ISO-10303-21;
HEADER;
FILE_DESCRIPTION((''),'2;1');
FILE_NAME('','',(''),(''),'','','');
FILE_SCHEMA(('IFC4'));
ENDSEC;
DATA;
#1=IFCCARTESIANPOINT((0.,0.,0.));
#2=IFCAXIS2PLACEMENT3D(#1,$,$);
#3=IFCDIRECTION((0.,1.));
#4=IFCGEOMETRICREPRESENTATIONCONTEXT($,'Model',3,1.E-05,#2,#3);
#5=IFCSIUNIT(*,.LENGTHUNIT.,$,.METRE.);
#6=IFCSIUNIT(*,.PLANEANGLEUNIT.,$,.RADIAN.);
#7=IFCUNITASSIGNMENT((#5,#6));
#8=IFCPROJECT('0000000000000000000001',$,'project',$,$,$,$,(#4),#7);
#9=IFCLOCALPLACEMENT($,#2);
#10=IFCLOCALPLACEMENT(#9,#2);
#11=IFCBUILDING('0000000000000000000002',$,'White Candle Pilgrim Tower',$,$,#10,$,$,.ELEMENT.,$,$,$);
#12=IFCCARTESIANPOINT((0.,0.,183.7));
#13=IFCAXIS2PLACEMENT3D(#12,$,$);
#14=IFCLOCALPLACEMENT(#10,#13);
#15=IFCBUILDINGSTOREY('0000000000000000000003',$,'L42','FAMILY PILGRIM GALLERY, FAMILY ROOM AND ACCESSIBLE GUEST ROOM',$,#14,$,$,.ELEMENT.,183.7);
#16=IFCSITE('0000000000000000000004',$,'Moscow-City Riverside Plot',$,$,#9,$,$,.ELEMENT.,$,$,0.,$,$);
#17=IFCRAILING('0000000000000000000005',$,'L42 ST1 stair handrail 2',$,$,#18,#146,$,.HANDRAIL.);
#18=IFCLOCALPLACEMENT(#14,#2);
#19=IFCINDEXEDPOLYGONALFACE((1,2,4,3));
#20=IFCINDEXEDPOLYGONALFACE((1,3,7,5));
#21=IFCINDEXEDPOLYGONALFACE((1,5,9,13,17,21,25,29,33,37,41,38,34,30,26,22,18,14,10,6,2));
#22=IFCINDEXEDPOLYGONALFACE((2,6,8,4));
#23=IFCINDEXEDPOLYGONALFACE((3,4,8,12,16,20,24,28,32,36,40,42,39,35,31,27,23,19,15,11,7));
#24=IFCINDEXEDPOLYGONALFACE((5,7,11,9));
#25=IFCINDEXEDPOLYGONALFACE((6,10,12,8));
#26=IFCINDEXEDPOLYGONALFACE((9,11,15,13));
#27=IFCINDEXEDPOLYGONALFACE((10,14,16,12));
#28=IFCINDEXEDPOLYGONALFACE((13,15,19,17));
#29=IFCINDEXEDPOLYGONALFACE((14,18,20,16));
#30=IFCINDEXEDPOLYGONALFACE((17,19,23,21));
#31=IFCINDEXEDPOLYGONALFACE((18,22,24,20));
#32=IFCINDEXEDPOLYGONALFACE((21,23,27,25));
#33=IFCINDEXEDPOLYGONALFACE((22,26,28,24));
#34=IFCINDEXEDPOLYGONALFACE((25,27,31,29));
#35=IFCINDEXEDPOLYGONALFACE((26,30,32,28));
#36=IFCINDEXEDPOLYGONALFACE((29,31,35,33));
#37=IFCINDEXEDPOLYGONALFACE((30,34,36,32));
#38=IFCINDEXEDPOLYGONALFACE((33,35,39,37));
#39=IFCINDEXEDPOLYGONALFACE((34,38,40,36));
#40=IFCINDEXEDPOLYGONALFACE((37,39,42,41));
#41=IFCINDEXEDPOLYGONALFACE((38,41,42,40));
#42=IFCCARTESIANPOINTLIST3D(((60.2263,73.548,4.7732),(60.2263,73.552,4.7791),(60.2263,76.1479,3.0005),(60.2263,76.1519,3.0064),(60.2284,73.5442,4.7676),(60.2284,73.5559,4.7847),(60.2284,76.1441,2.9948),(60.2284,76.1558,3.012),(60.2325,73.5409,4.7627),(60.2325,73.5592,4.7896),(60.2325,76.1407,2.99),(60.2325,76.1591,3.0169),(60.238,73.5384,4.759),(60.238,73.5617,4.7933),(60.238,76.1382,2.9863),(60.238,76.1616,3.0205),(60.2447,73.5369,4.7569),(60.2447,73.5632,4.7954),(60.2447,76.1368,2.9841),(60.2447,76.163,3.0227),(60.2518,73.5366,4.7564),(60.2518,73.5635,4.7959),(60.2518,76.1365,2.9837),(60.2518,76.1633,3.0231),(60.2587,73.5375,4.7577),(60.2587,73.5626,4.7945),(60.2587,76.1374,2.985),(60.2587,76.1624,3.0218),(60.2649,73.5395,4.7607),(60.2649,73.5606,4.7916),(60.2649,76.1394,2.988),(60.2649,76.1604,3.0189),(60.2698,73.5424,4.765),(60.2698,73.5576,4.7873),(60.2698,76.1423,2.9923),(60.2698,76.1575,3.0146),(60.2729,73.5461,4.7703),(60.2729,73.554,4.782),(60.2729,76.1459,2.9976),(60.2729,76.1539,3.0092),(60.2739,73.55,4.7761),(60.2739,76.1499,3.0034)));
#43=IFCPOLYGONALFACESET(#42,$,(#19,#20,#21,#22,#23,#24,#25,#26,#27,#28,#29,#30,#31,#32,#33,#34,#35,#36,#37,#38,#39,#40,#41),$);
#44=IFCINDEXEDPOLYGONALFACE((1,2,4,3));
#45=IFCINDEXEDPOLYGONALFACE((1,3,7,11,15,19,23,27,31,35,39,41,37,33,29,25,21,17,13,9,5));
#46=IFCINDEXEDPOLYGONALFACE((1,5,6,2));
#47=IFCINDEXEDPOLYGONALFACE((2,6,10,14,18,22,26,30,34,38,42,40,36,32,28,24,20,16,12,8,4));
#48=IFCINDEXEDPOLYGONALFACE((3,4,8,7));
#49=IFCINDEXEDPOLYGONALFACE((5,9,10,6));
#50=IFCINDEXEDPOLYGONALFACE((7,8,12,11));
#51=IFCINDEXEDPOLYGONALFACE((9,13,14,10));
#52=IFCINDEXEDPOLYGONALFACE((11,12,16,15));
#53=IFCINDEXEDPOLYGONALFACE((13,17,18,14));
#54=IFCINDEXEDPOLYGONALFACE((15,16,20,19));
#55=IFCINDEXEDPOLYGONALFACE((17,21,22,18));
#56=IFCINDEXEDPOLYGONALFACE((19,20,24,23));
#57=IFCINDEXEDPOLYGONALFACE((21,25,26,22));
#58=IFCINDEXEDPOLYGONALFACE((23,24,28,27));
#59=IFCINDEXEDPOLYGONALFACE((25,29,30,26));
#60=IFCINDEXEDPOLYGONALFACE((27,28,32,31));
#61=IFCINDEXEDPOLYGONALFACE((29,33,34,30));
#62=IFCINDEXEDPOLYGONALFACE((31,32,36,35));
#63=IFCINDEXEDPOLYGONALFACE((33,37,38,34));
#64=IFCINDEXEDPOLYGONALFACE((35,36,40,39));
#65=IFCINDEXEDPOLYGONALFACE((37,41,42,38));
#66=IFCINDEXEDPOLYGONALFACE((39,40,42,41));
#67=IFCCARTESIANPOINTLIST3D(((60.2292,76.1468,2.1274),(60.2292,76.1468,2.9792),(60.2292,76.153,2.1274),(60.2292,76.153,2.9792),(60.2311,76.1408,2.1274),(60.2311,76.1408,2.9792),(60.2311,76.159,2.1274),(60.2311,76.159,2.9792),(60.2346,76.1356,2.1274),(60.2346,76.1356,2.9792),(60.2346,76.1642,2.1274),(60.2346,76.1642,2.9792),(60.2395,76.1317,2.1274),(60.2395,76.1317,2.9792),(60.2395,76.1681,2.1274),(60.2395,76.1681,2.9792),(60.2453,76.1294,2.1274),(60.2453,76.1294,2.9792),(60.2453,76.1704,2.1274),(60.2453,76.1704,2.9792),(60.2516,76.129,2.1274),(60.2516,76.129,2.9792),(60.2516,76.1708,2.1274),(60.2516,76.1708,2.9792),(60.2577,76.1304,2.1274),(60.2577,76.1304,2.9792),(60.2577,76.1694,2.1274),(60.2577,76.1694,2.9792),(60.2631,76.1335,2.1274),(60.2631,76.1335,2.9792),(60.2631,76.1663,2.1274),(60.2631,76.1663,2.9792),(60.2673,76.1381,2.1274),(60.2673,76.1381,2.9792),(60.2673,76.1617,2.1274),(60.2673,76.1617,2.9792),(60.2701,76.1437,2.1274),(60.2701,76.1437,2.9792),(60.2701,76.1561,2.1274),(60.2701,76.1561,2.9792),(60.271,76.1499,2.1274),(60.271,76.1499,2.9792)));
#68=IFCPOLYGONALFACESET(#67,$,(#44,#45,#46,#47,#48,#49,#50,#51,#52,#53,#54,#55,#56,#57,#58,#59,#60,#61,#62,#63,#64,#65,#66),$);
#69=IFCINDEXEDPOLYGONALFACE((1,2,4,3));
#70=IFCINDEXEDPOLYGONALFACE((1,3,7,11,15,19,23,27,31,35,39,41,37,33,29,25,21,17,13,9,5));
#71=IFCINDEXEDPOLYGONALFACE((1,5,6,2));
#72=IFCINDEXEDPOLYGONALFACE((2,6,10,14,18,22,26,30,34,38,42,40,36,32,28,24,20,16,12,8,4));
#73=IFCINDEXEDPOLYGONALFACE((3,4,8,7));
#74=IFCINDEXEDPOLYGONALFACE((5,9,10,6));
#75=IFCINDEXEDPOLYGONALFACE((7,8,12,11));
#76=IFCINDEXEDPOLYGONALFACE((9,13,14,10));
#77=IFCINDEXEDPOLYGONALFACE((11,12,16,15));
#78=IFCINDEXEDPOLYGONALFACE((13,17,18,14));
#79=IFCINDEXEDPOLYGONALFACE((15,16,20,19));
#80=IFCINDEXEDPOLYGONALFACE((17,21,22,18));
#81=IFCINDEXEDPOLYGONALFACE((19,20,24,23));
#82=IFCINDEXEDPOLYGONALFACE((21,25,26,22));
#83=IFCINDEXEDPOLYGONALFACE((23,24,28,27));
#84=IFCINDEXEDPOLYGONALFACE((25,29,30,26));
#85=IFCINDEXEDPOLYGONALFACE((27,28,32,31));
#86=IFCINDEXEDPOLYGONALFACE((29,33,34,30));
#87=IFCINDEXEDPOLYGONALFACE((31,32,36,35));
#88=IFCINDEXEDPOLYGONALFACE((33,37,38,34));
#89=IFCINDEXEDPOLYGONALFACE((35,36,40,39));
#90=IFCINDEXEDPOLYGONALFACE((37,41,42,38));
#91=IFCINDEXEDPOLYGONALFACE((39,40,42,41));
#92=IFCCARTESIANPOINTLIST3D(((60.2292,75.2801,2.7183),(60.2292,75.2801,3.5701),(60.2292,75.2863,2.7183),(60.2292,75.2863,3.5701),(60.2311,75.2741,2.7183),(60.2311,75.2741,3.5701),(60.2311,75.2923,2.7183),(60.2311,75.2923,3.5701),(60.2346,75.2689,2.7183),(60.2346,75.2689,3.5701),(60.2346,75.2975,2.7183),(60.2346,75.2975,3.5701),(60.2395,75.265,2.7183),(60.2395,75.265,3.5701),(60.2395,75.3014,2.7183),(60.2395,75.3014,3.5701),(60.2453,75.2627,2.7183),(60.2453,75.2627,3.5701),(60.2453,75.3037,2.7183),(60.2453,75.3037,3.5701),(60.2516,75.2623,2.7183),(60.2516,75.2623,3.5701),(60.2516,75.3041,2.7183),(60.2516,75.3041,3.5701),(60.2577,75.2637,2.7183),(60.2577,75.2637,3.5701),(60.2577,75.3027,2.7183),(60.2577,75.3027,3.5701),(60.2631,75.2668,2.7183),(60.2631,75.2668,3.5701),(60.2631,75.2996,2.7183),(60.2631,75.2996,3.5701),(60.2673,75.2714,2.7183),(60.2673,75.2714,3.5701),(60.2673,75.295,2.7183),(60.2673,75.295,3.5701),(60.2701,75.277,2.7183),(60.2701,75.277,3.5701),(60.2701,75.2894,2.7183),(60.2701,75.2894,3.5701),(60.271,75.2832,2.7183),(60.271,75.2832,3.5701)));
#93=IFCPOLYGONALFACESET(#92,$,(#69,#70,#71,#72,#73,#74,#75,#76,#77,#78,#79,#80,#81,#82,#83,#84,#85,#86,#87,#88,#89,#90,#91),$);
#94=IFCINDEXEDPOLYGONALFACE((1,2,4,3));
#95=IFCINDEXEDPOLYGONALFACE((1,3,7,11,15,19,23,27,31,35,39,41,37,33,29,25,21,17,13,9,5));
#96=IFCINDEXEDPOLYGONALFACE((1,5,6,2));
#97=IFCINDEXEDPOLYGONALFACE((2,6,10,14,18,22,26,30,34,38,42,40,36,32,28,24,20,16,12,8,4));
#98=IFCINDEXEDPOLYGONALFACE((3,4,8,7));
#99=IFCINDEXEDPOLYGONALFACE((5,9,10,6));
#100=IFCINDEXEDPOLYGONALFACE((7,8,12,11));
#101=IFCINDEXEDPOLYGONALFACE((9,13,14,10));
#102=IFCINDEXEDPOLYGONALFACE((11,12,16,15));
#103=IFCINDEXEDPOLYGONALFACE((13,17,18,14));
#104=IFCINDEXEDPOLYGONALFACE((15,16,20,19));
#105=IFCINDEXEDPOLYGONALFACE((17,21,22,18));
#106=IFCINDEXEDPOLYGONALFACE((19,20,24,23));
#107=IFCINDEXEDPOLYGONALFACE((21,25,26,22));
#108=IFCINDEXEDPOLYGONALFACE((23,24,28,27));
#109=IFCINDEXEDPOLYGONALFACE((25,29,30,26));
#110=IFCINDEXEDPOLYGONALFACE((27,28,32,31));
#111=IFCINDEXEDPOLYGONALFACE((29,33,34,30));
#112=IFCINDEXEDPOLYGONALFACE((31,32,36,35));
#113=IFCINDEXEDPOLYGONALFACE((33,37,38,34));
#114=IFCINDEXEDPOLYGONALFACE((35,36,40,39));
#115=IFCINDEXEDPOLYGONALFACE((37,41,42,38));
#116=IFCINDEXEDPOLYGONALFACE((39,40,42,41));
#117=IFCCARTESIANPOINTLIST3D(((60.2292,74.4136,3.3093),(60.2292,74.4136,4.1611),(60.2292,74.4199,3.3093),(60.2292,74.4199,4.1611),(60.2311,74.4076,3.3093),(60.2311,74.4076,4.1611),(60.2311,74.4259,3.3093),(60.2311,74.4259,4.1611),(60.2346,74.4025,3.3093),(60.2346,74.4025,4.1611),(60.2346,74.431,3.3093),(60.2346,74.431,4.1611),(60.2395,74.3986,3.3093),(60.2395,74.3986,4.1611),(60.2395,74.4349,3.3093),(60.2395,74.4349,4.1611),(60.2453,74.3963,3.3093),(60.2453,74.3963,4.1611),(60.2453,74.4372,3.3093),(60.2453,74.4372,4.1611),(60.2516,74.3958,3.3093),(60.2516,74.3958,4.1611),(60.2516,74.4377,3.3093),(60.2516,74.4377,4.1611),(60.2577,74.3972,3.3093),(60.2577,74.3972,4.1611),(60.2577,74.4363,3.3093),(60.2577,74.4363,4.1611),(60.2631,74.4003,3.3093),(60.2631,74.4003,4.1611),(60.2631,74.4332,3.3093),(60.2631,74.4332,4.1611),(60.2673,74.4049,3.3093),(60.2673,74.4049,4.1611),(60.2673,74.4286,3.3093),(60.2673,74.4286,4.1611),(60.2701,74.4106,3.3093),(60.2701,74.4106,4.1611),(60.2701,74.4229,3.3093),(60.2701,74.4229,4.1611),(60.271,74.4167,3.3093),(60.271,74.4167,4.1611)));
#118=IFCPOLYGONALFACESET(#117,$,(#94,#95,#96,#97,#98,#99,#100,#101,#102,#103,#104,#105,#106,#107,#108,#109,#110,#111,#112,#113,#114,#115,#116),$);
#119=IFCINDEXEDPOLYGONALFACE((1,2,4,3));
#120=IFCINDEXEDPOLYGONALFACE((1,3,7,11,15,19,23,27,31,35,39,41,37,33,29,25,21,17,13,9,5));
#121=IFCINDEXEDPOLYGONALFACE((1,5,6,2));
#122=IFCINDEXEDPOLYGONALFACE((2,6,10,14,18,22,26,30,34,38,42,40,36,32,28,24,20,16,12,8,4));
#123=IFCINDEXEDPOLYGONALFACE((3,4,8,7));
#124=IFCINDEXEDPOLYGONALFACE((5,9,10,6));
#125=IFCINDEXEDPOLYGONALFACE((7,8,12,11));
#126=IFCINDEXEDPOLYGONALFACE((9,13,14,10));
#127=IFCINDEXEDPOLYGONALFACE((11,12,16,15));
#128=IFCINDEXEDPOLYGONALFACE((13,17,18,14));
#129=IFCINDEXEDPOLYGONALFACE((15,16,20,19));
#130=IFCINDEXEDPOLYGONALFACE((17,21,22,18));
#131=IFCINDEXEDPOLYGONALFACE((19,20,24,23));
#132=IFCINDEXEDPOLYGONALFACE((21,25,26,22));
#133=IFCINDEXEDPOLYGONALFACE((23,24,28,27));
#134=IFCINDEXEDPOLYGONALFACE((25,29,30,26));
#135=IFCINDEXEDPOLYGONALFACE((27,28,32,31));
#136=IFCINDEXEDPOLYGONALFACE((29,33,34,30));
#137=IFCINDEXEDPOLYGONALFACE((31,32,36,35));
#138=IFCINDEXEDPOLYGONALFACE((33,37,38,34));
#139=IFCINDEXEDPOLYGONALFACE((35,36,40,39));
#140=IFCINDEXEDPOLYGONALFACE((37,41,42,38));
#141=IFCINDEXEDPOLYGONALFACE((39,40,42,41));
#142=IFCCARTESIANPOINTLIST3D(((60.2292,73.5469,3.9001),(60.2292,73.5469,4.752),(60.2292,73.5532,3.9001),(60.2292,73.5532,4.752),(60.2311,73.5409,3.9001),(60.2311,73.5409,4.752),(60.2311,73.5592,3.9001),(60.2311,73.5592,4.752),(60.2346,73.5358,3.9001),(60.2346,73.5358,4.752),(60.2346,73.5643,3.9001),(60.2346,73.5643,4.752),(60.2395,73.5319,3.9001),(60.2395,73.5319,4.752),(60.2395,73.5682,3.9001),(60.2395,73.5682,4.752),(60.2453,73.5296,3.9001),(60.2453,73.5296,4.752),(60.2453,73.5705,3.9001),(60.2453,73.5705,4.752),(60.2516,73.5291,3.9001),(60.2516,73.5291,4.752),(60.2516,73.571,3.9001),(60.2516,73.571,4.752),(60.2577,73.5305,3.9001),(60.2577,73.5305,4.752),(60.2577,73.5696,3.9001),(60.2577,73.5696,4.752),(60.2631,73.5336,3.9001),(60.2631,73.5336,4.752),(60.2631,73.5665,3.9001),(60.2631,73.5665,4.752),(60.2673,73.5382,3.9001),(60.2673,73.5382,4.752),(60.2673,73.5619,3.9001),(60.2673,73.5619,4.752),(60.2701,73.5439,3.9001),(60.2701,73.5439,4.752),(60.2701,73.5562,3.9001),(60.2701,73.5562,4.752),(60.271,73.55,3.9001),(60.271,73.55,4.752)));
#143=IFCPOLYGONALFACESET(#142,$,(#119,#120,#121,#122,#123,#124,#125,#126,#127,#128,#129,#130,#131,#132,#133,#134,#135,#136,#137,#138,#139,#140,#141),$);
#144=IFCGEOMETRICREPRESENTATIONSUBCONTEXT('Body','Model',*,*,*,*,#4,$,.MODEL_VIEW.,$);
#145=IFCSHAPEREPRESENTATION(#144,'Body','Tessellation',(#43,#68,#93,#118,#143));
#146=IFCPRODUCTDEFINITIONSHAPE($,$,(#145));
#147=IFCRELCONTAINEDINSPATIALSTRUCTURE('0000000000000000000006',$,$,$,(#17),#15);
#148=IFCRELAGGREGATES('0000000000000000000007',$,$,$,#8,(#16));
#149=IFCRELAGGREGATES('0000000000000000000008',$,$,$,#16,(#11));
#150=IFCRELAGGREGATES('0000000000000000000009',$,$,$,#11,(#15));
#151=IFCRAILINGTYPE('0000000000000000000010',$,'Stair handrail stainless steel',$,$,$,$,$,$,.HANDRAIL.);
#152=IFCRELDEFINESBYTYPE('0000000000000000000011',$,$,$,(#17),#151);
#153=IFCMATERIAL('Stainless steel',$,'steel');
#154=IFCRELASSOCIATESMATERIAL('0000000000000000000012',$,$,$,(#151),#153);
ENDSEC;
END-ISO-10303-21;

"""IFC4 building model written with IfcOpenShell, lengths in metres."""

from ifc_helpers import new_model, si_unit, direction, frame, origin, origin_2d, place, context, subcontext, project, spatial, circle, extrude, material, type_object, element, save


model = new_model("IFC4")

# Units and contexts
model_context = context("Model", 3, precision=1e-05, world=origin(), true_north=direction((0.0, 1.0)))
body_context = subcontext(model_context, "Body", "Model", "MODEL_VIEW")
ifc_project = project(units=[si_unit("LENGTHUNIT", "METRE"), si_unit("PLANEANGLEUNIT", "RADIAN")], contexts=[model_context])

# Site, building, storey
site_placement = place(None, origin())
site = spatial("IfcSite", under=ifc_project, at=site_placement, Name="Moscow-City Riverside Plot", CompositionType="ELEMENT", RefElevation=0.0)
building_placement = place(site_placement, origin())
building = spatial("IfcBuilding", under=site, at=building_placement, Name="White Candle Pilgrim Tower", CompositionType="ELEMENT")
storey_placement = place(building_placement, frame((0.0, 0.0, 183.7)))
storey = spatial("IfcBuildingStorey", under=building, at=storey_placement, Name="L42", Description="FAMILY PILGRIM GALLERY, FAMILY ROOM AND ACCESSIBLE GUEST ROOM", CompositionType="ELEMENT", Elevation=183.7)

# Shared definitions
ifc_material_1 = material(Name="Stainless steel", Category="steel")

# Railing
railing_type_1 = type_object("IfcRailingType", Name="Stair handrail stainless steel", PredefinedType="HANDRAIL", material=ifc_material_1)
railing_1_placement = place(storey_placement, frame((60.25, 76.1499, 2.1274)))
element("IfcRailing", 1, at=railing_1_placement, inside=storey, type_object=railing_type_1, Name="L42 ST1 stair handrail 2", PredefinedType="HANDRAIL", context=body_context, shape_type="SweptSolid", body=[
    extrude(circle(Radius=0.0239, at=origin_2d()), frame((0.0, 0.0, 0.876), z_axis=(0.0, -0.826216, 0.563354), x_axis=(1.0, 0.0, 0.0)), (0.0, 0.0, 1.0), 3.1467),
    extrude(circle(Radius=0.021, at=origin_2d()), origin(), (0.0, 0.0, 1.0), 0.8518),
    extrude(circle(Radius=0.021, at=origin_2d()), frame((0.0, -0.8667, 0.5908)), (0.0, 0.0, 1.0), 0.8518),
    extrude(circle(Radius=0.021, at=origin_2d()), frame((0.0, -1.7332, 1.1819)), (0.0, 0.0, 1.0), 0.8518),
    extrude(circle(Radius=0.021, at=origin_2d()), frame((0.0, -2.5999, 1.7727)), (0.0, 0.0, 1.0), 0.8518),
])

save(model, "model.ifc")
